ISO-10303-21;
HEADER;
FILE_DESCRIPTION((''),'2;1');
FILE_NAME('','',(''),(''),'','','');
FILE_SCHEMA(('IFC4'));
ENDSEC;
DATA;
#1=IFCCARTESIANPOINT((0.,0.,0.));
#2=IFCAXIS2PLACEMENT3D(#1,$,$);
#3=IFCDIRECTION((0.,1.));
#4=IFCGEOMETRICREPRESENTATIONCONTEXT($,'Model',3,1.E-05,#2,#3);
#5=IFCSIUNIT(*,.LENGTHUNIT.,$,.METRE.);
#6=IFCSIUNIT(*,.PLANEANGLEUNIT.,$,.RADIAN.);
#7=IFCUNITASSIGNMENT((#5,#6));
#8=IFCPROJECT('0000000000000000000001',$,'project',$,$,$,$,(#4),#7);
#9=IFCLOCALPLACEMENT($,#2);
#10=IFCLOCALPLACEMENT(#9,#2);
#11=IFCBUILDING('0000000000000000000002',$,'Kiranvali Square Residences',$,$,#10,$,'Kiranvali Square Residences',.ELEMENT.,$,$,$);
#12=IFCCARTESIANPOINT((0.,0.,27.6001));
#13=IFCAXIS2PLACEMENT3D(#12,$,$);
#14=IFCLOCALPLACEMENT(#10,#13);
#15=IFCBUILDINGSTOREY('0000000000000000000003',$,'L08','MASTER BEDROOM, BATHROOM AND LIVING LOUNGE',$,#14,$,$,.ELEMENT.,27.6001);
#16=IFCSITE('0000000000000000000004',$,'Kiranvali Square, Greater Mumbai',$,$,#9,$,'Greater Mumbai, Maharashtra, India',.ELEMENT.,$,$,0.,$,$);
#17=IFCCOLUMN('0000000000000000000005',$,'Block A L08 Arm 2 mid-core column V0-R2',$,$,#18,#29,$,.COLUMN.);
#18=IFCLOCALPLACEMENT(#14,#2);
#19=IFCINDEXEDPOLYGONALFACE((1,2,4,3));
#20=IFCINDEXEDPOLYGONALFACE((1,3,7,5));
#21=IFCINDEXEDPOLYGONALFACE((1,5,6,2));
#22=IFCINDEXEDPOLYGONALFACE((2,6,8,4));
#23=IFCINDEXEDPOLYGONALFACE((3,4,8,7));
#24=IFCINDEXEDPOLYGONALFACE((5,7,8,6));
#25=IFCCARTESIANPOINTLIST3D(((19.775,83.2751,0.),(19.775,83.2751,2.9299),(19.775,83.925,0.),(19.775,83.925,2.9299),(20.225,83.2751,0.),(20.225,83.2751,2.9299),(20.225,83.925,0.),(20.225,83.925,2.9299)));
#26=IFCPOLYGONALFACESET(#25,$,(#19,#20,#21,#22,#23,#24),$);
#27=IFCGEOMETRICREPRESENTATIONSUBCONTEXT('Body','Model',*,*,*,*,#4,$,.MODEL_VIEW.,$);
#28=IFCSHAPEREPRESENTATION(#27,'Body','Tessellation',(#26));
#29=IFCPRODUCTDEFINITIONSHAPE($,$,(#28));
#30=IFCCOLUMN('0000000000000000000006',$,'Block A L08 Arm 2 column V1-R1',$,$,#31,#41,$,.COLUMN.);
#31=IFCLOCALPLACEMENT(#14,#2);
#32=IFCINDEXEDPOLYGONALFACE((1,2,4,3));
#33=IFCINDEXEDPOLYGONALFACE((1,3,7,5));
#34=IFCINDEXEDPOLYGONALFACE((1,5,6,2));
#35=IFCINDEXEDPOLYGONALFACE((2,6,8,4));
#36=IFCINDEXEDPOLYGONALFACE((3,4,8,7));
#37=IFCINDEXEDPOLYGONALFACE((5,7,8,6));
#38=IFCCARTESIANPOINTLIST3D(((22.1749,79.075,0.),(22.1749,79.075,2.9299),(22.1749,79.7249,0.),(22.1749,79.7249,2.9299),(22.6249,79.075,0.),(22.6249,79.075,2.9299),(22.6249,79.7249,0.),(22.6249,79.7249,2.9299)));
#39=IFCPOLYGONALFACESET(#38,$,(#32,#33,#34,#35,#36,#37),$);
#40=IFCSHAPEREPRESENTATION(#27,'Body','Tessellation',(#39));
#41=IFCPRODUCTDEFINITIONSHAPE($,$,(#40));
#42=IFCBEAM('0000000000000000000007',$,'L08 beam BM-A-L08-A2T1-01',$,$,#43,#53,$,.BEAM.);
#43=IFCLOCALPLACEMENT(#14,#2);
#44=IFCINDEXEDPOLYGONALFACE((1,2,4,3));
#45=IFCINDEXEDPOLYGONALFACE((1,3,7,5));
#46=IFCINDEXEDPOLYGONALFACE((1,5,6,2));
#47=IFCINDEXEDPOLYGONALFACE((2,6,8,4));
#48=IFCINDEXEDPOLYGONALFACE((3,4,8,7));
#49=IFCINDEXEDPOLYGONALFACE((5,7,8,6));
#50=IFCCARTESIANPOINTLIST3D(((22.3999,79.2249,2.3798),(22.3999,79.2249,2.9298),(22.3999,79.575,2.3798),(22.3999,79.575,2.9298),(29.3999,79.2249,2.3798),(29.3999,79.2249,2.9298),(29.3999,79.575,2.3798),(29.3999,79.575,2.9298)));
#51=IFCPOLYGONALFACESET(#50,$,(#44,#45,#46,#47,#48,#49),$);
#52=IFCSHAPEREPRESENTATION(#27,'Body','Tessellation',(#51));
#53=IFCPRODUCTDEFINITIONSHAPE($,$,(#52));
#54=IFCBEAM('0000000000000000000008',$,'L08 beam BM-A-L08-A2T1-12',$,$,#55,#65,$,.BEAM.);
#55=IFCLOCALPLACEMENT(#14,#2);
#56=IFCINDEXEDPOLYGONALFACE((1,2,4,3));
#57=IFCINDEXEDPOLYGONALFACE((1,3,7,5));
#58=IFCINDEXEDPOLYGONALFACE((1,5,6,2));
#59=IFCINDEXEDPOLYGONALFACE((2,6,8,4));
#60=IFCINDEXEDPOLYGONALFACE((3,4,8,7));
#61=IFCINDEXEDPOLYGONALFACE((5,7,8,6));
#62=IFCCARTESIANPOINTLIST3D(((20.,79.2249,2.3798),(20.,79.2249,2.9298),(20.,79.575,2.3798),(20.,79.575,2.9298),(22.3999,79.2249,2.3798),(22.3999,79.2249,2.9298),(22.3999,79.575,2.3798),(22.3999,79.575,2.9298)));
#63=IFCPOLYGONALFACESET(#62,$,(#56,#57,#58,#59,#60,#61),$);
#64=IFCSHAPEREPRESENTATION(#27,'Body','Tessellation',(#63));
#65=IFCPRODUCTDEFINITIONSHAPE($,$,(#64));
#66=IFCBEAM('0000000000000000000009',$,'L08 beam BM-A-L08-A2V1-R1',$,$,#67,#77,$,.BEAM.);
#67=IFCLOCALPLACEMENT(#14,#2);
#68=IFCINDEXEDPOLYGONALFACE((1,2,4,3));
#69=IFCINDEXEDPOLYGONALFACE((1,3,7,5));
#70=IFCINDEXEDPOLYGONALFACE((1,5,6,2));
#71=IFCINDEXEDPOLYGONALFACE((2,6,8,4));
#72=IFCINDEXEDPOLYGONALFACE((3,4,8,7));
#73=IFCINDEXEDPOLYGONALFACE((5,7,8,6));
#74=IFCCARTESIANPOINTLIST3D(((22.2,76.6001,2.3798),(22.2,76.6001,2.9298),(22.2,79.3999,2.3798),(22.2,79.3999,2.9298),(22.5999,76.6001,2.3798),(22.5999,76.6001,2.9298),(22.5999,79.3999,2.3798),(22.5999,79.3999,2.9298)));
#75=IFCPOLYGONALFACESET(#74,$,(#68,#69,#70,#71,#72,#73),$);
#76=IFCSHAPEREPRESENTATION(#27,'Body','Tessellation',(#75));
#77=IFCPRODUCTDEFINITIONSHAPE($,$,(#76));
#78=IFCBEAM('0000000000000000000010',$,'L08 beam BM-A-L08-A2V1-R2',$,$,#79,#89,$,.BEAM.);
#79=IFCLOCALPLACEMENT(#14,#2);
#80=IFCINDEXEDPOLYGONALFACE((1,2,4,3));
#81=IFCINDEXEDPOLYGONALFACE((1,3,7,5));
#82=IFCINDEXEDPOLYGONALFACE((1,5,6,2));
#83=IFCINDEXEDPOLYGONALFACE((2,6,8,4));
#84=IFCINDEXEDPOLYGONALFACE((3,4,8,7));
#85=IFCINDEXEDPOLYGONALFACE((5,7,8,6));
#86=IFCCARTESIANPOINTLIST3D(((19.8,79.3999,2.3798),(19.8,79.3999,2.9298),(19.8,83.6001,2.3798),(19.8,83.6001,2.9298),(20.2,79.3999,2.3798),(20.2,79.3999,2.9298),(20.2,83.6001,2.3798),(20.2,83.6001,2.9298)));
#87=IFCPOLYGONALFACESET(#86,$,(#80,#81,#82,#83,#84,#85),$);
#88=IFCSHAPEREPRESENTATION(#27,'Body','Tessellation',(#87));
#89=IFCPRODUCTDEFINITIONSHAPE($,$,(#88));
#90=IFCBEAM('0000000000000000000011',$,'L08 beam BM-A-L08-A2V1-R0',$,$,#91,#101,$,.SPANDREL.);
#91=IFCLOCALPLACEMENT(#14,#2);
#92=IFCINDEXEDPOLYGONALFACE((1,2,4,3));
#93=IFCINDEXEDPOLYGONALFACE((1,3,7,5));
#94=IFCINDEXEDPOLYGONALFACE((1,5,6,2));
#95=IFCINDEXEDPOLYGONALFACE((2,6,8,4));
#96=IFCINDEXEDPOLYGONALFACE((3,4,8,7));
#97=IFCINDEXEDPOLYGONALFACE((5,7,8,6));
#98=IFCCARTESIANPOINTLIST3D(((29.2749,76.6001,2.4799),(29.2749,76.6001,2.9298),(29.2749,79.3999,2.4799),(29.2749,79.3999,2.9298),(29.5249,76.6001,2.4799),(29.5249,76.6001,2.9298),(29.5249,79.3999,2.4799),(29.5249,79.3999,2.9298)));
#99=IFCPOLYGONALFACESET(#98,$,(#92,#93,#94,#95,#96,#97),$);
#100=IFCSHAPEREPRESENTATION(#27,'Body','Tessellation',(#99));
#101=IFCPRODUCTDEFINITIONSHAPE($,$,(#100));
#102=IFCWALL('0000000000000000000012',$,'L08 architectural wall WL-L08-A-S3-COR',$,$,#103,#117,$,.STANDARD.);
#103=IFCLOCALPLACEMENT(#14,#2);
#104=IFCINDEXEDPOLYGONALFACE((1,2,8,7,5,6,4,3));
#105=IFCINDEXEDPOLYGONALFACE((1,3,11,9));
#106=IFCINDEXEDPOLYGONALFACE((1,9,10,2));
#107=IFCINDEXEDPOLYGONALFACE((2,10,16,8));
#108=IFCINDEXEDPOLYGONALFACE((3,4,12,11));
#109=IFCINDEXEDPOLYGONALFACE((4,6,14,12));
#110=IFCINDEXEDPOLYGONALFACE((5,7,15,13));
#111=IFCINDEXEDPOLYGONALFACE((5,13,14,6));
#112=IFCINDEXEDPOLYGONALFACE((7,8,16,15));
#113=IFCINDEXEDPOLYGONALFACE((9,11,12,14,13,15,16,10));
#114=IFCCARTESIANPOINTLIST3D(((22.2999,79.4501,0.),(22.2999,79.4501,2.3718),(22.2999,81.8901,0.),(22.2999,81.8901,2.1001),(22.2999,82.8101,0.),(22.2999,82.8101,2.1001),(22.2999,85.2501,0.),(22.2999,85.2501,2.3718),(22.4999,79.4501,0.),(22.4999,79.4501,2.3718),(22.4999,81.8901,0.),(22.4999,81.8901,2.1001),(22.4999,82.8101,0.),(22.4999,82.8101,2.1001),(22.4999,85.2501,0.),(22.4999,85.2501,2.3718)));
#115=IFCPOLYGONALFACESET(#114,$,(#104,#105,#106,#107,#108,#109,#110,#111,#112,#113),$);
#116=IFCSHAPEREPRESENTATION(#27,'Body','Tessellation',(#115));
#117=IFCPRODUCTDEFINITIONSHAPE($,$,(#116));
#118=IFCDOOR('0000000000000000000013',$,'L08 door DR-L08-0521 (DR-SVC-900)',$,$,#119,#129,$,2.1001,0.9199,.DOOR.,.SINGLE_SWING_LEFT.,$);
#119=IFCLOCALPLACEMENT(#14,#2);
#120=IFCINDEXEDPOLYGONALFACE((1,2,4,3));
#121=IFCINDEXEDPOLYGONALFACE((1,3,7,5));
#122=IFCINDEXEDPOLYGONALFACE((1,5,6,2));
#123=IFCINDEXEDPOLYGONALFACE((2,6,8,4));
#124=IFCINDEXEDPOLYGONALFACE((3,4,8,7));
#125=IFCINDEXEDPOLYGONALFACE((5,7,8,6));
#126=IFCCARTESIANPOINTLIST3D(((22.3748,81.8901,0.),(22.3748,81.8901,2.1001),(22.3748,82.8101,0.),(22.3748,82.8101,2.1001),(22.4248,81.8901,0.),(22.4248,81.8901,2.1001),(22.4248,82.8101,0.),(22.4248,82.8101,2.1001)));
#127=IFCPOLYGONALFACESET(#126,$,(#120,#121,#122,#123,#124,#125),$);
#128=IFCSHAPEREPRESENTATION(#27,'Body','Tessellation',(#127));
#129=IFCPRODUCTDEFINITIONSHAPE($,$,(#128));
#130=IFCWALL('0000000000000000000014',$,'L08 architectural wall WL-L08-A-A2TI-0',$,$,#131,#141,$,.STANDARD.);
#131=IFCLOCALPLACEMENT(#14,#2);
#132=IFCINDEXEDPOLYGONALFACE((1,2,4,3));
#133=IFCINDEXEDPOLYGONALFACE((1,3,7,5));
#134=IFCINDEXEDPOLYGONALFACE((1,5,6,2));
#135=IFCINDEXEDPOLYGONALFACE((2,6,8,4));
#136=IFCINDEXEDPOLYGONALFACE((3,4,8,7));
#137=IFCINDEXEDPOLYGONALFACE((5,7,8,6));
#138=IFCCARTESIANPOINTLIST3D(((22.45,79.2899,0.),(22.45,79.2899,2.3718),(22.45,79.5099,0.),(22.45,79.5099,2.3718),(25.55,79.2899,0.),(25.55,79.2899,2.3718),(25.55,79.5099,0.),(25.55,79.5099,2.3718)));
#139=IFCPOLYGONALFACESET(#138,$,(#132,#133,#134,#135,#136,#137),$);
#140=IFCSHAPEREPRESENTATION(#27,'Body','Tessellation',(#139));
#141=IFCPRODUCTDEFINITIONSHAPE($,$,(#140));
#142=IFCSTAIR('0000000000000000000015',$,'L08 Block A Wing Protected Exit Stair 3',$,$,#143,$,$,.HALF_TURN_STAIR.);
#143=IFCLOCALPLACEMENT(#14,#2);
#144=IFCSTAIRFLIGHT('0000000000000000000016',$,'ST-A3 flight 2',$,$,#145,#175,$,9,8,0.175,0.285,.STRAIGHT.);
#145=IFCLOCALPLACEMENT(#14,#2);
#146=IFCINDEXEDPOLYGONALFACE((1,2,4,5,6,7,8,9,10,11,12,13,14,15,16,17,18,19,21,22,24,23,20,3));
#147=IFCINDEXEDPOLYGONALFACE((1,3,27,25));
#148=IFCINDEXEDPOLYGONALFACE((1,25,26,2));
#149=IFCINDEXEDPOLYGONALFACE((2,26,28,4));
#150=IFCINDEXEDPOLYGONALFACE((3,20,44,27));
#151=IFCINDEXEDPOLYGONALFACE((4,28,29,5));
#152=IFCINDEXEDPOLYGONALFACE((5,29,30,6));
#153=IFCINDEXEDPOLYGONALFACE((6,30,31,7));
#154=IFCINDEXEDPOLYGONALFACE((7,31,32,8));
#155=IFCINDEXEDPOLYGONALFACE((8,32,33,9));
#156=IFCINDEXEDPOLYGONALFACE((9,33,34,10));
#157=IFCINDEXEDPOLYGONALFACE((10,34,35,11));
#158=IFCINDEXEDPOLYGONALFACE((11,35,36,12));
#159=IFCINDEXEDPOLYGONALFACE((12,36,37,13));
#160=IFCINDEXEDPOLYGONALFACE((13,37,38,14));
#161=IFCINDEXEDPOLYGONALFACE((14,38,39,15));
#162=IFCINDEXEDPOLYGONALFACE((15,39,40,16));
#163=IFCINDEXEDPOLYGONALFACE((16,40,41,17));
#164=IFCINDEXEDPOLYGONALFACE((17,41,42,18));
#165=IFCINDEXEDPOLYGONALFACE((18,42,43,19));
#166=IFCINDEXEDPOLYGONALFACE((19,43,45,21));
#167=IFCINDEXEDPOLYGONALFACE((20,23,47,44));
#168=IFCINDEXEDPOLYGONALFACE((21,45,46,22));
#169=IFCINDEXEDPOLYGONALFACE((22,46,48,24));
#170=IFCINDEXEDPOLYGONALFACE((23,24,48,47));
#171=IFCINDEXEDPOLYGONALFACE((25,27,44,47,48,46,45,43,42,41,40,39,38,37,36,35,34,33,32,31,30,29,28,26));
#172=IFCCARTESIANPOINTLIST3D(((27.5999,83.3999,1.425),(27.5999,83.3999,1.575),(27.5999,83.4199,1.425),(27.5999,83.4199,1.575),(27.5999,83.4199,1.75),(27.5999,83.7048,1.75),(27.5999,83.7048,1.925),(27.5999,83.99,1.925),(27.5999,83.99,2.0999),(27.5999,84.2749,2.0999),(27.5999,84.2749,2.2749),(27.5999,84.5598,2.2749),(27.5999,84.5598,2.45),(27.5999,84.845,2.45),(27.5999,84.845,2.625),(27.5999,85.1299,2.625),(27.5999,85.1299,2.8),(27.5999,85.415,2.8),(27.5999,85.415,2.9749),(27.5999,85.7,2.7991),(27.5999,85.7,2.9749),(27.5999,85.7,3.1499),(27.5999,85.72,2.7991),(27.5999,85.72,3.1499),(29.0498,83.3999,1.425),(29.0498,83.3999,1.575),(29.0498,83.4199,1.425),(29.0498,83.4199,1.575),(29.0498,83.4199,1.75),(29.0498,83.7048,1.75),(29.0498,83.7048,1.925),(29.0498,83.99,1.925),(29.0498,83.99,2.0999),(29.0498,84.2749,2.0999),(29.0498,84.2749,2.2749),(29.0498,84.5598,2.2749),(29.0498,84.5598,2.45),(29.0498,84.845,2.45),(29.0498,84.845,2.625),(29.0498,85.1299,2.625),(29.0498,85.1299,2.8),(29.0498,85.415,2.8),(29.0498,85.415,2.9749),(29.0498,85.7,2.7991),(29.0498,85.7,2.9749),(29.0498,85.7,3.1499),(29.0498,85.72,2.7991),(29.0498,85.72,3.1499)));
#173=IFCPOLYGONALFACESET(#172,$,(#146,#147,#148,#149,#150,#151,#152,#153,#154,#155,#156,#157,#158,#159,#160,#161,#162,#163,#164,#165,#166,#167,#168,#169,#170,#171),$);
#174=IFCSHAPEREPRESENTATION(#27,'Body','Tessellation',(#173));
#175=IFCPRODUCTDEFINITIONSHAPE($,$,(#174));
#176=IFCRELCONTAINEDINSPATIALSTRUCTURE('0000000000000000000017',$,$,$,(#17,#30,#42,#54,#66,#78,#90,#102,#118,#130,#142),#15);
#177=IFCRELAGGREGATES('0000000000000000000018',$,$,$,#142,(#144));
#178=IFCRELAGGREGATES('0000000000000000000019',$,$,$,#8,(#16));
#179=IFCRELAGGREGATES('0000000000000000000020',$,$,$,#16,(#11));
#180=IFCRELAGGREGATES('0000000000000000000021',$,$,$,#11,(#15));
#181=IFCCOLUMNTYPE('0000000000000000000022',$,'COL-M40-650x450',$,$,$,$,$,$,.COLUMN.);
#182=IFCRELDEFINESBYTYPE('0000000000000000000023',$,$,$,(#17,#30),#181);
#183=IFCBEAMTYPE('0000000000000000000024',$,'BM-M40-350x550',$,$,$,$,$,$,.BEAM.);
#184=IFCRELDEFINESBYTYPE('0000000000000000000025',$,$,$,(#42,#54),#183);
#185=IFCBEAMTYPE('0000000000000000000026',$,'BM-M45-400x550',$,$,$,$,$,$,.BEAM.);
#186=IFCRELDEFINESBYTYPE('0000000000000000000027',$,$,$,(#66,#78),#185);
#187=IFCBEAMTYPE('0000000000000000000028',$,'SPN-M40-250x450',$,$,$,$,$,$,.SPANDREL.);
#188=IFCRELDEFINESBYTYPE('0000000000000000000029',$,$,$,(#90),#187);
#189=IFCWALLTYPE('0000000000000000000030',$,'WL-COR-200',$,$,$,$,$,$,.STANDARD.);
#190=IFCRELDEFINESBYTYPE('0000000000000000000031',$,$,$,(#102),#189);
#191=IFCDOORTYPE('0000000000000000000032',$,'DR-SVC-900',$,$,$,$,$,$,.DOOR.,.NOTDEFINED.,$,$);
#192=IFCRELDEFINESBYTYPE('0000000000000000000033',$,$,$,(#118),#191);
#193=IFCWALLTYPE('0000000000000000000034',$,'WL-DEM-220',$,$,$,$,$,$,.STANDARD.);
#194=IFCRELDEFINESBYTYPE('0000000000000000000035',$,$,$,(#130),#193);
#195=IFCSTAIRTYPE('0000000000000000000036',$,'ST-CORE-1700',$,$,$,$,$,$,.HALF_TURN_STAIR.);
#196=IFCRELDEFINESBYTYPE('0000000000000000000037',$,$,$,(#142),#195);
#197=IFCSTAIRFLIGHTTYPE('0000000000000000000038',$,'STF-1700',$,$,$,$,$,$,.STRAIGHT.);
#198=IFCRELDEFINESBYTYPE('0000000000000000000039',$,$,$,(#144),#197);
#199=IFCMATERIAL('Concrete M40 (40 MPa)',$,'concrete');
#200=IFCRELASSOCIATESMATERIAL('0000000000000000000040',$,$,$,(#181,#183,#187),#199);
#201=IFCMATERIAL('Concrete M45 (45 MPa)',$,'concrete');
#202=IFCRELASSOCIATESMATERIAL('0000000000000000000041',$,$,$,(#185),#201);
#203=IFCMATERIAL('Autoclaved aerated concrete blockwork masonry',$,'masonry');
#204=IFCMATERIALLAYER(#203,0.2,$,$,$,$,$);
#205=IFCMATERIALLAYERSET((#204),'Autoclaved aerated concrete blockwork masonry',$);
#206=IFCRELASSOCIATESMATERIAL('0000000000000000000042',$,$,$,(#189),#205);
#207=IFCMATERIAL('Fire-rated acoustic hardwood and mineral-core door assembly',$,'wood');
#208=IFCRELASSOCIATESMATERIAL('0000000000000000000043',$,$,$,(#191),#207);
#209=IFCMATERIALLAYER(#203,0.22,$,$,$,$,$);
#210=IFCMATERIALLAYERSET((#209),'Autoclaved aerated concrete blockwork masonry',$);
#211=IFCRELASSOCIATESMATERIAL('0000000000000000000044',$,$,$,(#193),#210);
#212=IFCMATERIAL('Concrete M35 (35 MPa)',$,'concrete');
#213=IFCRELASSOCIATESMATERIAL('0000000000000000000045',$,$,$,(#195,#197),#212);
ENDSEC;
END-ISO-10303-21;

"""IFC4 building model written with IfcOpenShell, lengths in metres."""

from ifc_helpers import new_model, si_unit, direction, frame, frame_2d, origin, origin_2d, place, context, subcontext, project, spatial, polyline, rectangle, outline, extrude, material, layer, layer_set, material_profile, profile_set, type_object, element, fill, aggregate, save


model = new_model("IFC4")

# Units and contexts
model_context = context("Model", 3, precision=1e-05, world=origin(), true_north=direction((0.0, 1.0)))
body_context = subcontext(model_context, "Body", "Model", "MODEL_VIEW")
ifc_project = project(units=[si_unit("LENGTHUNIT", "METRE"), si_unit("PLANEANGLEUNIT", "RADIAN")], contexts=[model_context])

# Site, building, storey
site_placement = place(None, origin())
site = spatial("IfcSite", under=ifc_project, at=site_placement, Name="Kiranvali Square, Greater Mumbai", LongName="Greater Mumbai, Maharashtra, India", CompositionType="ELEMENT", RefElevation=0.0)
building_placement = place(site_placement, origin())
building = spatial("IfcBuilding", under=site, at=building_placement, Name="Kiranvali Square Residences", LongName="Kiranvali Square Residences", CompositionType="ELEMENT")
storey_placement = place(building_placement, frame((0.0, 0.0, 27.6001)))
storey = spatial("IfcBuildingStorey", under=building, at=storey_placement, Name="L08", Description="MASTER BEDROOM, BATHROOM AND LIVING LOUNGE", CompositionType="ELEMENT", Elevation=27.6001)

# Columns
ifc_material_1 = material(Name="Concrete M40 (40 MPa)", Category="concrete")
ifc_material_profile_1 = material_profile(ifc_material_1, rectangle(XDim=0.45, YDim=0.6499, at=origin_2d()), Name="RC 650x450")
ifc_profile_set_1 = profile_set([ifc_material_profile_1], Name="Concrete M40 (40 MPa)")
column_type = type_object("IfcColumnType", Name="COL-M40-650x450", PredefinedType="COLUMN", material=ifc_profile_set_1)
for number, where, z_axis, x_axis, name in (
    (1, (20.0, 83.6001, 0.0), (0.0, 0.0, 1.0), (1.0, 0.0, 0.0), "Block A L08 Arm 2 mid-core column V0-R2"),
    (2, (22.3999, 79.3999, 0.0), (0.0, 0.0, 1.0), (1.0, 0.0, 0.0), "Block A L08 Arm 2 column V1-R1"),
):
    element("IfcColumn", number, at=place(storey_placement, frame(where, z_axis=z_axis, x_axis=x_axis)), inside=storey, type_object=column_type, Name=name, PredefinedType="COLUMN", context=body_context, shape_type="SweptSolid", body=[
        extrude(rectangle(XDim=0.45, YDim=0.6499, at=origin_2d()), origin(), (0.0, 0.0, 1.0), 2.9299),
    ])

# Beams
ifc_material_profile_2 = material_profile(ifc_material_1, rectangle(XDim=0.3501, YDim=0.55, at=origin_2d()), Name="RC 350x550")
ifc_profile_set_2 = profile_set([ifc_material_profile_2], Name="Concrete M40 (40 MPa)")
beam_type_1 = type_object("IfcBeamType", Name="BM-M40-350x550", PredefinedType="BEAM", material=ifc_profile_set_2)
beam_1_placement = place(storey_placement, frame((29.3999, 79.3999, 2.6548), z_axis=(-1.0, 0.0, 0.0), x_axis=(0.0, -1.0, 0.0)))
element("IfcBeam", 3, at=beam_1_placement, inside=storey, type_object=beam_type_1, Name="L08 beam BM-A-L08-A2T1-01", PredefinedType="BEAM", context=body_context, shape_type="SweptSolid", body=[
    extrude(rectangle(XDim=0.3501, YDim=0.55, at=origin_2d()), origin(), (0.0, 0.0, 1.0), 7.0),
])
beam_2_placement = place(storey_placement, frame((22.3999, 79.3999, 2.6548), z_axis=(-1.0, 0.0, 0.0), x_axis=(0.0, -1.0, 0.0)))
element("IfcBeam", 4, at=beam_2_placement, inside=storey, type_object=beam_type_1, Name="L08 beam BM-A-L08-A2T1-12", PredefinedType="BEAM", context=body_context, shape_type="SweptSolid", body=[
    extrude(rectangle(XDim=0.3501, YDim=0.55, at=origin_2d()), origin(), (0.0, 0.0, 1.0), 2.3999),
])
ifc_material_2 = material(Name="Concrete M45 (45 MPa)", Category="concrete")
ifc_material_profile_3 = material_profile(ifc_material_2, rectangle(XDim=0.3999, YDim=0.55, at=origin_2d()), Name="RC 400x550")
ifc_profile_set_3 = profile_set([ifc_material_profile_3], Name="Concrete M45 (45 MPa)")
beam_type_2 = type_object("IfcBeamType", Name="BM-M45-400x550", PredefinedType="BEAM", material=ifc_profile_set_3)
beam_3_placement = place(storey_placement, frame((22.3999, 79.3999, 2.6548), z_axis=(0.0, -1.0, 0.0), x_axis=(1.0, 0.0, 0.0)))
element("IfcBeam", 5, at=beam_3_placement, inside=storey, type_object=beam_type_2, Name="L08 beam BM-A-L08-A2V1-R1", PredefinedType="BEAM", context=body_context, shape_type="SweptSolid", body=[
    extrude(rectangle(XDim=0.3999, YDim=0.55, at=origin_2d()), origin(), (0.0, 0.0, 1.0), 2.7998),
])
beam_4_placement = place(storey_placement, frame((20.0, 83.6001, 2.6548), z_axis=(0.0, -1.0, 0.0), x_axis=(1.0, 0.0, 0.0)))
element("IfcBeam", 6, at=beam_4_placement, inside=storey, type_object=beam_type_2, Name="L08 beam BM-A-L08-A2V1-R2", PredefinedType="BEAM", context=body_context, shape_type="SweptSolid", body=[
    extrude(rectangle(XDim=0.3999, YDim=0.55, at=origin_2d()), origin(), (0.0, 0.0, 1.0), 4.2002),
])
ifc_material_profile_4 = material_profile(ifc_material_1, rectangle(XDim=0.25, YDim=0.45, at=origin_2d()), Name="RC 250x450")
ifc_profile_set_4 = profile_set([ifc_material_profile_4], Name="Concrete M40 (40 MPa)")
beam_type_3 = type_object("IfcBeamType", Name="SPN-M40-250x450", PredefinedType="SPANDREL", material=ifc_profile_set_4)
beam_5_placement = place(storey_placement, frame((29.3999, 79.3999, 2.7048), z_axis=(0.0, -1.0, 0.0), x_axis=(1.0, 0.0, 0.0)))
element("IfcBeam", 7, at=beam_5_placement, inside=storey, type_object=beam_type_3, Name="L08 beam BM-A-L08-A2V1-R0", PredefinedType="SPANDREL", context=body_context, shape_type="SweptSolid", body=[
    extrude(rectangle(XDim=0.25, YDim=0.45, at=origin_2d()), origin(), (0.0, 0.0, 1.0), 2.7998),
])

# Wall, opening, door
ifc_material_3 = material(Name="Autoclaved aerated concrete blockwork masonry", Category="masonry")
ifc_layer_1 = layer(ifc_material_3, 0.2)
ifc_layer_set_1 = layer_set([ifc_layer_1], Name="Autoclaved aerated concrete blockwork masonry")
wall_type_1 = type_object("IfcWallType", Name="WL-COR-200", PredefinedType="STANDARD", material=ifc_layer_set_1)
ifc_material_4 = material(Name="Fire-rated acoustic hardwood and mineral-core door assembly", Category="wood")
wall_1_placement = place(storey_placement, frame((22.3999, 85.25, 0.0), z_axis=(0.0, 0.0, 1.0), x_axis=(0.0, -1.0, 0.0)))
wall_1 = element("IfcWall", 8, at=wall_1_placement, inside=storey, type_object=wall_type_1, Name="L08 architectural wall WL-L08-A-S3-COR", PredefinedType="STANDARD", context=body_context, shape_type="SweptSolid", body=[
    extrude(rectangle(XDim=5.8, YDim=0.2, at=frame_2d((2.8999, 0.0))), origin(), (0.0, 0.0, 1.0), 2.3718),
])
opening_1_placement = place(wall_1_placement, frame((2.4399, 0.0, 0.0)))
opening_1 = element("IfcOpeningElement", 9, at=opening_1_placement, cuts=wall_1, PredefinedType="OPENING", context=body_context, shape_type="SweptSolid", body=[
    extrude(rectangle(XDim=0.9199, YDim=2.1001, at=frame_2d((0.46, 1.05))), frame((0.0, 0.1099, 0.0), z_axis=(0.0, -1.0, 0.0), x_axis=(1.0, 0.0, 0.0)), (0.0, 0.0, 1.0), 0.22),
])
door_type_1 = type_object("IfcDoorType", Name="DR-SVC-900", OperationType="NOTDEFINED", PredefinedType="DOOR", material=ifc_material_4)
door_1_placement = place(opening_1_placement, origin())
door_1 = element("IfcDoor", 10, at=door_1_placement, inside=storey, type_object=door_type_1, Name="L08 door DR-L08-0521 (DR-SVC-900)", OperationType="SINGLE_SWING_LEFT", OverallHeight=2.1001, OverallWidth=0.9199, PredefinedType="DOOR", context=body_context, shape_type="SweptSolid", body=[
    extrude(rectangle(XDim=0.9199, YDim=2.1001, at=frame_2d((0.46, 1.05))), frame((0.0, 0.0249, 0.0), z_axis=(0.0, -1.0, 0.0), x_axis=(1.0, 0.0, 0.0)), (0.0, 0.0, 1.0), 0.05),
])
fill(opening_1, door_1)

# Wall
ifc_layer_2 = layer(ifc_material_3, 0.22)
ifc_layer_set_2 = layer_set([ifc_layer_2], Name="Autoclaved aerated concrete blockwork masonry")
wall_type_2 = type_object("IfcWallType", Name="WL-DEM-220", PredefinedType="STANDARD", material=ifc_layer_set_2)
wall_2_placement = place(storey_placement, frame((25.55, 79.3999, 0.0), z_axis=(0.0, 0.0, 1.0), x_axis=(-1.0, 0.0, 0.0)))
element("IfcWall", 11, at=wall_2_placement, inside=storey, type_object=wall_type_2, Name="L08 architectural wall WL-L08-A-A2TI-0", PredefinedType="STANDARD", context=body_context, shape_type="SweptSolid", body=[
    extrude(rectangle(XDim=3.1001, YDim=0.22, at=frame_2d((1.55, 0.0))), origin(), (0.0, 0.0, 1.0), 2.3718),
])

# Stair, stair flight
ifc_material_5 = material(Name="Concrete M35 (35 MPa)", Category="concrete")
stair_type = type_object("IfcStairType", Name="ST-CORE-1700", PredefinedType="HALF_TURN_STAIR", material=ifc_material_5)
stair_placement = place(storey_placement, origin())
stair = element("IfcStair", 12, at=stair_placement, inside=storey, type_object=stair_type, Name="L08 Block A Wing Protected Exit Stair 3", PredefinedType="HALF_TURN_STAIR")
stair_flight_type = type_object("IfcStairFlightType", Name="STF-1700", PredefinedType="STRAIGHT", material=ifc_material_5)
stair_flight_placement = place(storey_placement, frame((28.325, 83.4199, 1.575), z_axis=(0.0, 0.0, 1.0), x_axis=(0.0, 1.0, 0.0)))
stair_flight = element("IfcStairFlight", 13, at=stair_flight_placement, type_object=stair_flight_type, Name="ST-A3 flight 2", NumberOfRisers=9, NumberOfTreads=8, PredefinedType="STRAIGHT", RiserHeight=0.175, TreadLength=0.285, context=body_context, shape_type="SweptSolid", body=[
    extrude(outline(polyline([(-0.02, -0.1499), (-0.02, 0.0), (0.0, 0.0), (0.0, 0.175), (0.2849, 0.175), (0.2849, 0.3501), (0.5701, 0.3501), (0.5701, 0.5249), (0.855, 0.5249), (0.855, 0.7), (1.1399, 0.7), (1.1399, 0.875), (1.425, 0.875), (1.425, 1.05), (1.71, 1.05), (1.71, 1.2251), (1.9951, 1.2251), (1.9951, 1.3999), (2.28, 1.3999), (2.28, 1.575), (2.3, 1.575), (2.3, 1.2241), (2.28, 1.2241), (0.0, -0.1499), (-0.02, -0.1499)])), frame((0.0, 0.7251, 0.0), z_axis=(0.0, -1.0, 0.0), x_axis=(1.0, 0.0, 0.0)), (0.0, 0.0, 1.0), 1.45),
])
aggregate(stair, [stair_flight])

save(model, "model.ifc")
